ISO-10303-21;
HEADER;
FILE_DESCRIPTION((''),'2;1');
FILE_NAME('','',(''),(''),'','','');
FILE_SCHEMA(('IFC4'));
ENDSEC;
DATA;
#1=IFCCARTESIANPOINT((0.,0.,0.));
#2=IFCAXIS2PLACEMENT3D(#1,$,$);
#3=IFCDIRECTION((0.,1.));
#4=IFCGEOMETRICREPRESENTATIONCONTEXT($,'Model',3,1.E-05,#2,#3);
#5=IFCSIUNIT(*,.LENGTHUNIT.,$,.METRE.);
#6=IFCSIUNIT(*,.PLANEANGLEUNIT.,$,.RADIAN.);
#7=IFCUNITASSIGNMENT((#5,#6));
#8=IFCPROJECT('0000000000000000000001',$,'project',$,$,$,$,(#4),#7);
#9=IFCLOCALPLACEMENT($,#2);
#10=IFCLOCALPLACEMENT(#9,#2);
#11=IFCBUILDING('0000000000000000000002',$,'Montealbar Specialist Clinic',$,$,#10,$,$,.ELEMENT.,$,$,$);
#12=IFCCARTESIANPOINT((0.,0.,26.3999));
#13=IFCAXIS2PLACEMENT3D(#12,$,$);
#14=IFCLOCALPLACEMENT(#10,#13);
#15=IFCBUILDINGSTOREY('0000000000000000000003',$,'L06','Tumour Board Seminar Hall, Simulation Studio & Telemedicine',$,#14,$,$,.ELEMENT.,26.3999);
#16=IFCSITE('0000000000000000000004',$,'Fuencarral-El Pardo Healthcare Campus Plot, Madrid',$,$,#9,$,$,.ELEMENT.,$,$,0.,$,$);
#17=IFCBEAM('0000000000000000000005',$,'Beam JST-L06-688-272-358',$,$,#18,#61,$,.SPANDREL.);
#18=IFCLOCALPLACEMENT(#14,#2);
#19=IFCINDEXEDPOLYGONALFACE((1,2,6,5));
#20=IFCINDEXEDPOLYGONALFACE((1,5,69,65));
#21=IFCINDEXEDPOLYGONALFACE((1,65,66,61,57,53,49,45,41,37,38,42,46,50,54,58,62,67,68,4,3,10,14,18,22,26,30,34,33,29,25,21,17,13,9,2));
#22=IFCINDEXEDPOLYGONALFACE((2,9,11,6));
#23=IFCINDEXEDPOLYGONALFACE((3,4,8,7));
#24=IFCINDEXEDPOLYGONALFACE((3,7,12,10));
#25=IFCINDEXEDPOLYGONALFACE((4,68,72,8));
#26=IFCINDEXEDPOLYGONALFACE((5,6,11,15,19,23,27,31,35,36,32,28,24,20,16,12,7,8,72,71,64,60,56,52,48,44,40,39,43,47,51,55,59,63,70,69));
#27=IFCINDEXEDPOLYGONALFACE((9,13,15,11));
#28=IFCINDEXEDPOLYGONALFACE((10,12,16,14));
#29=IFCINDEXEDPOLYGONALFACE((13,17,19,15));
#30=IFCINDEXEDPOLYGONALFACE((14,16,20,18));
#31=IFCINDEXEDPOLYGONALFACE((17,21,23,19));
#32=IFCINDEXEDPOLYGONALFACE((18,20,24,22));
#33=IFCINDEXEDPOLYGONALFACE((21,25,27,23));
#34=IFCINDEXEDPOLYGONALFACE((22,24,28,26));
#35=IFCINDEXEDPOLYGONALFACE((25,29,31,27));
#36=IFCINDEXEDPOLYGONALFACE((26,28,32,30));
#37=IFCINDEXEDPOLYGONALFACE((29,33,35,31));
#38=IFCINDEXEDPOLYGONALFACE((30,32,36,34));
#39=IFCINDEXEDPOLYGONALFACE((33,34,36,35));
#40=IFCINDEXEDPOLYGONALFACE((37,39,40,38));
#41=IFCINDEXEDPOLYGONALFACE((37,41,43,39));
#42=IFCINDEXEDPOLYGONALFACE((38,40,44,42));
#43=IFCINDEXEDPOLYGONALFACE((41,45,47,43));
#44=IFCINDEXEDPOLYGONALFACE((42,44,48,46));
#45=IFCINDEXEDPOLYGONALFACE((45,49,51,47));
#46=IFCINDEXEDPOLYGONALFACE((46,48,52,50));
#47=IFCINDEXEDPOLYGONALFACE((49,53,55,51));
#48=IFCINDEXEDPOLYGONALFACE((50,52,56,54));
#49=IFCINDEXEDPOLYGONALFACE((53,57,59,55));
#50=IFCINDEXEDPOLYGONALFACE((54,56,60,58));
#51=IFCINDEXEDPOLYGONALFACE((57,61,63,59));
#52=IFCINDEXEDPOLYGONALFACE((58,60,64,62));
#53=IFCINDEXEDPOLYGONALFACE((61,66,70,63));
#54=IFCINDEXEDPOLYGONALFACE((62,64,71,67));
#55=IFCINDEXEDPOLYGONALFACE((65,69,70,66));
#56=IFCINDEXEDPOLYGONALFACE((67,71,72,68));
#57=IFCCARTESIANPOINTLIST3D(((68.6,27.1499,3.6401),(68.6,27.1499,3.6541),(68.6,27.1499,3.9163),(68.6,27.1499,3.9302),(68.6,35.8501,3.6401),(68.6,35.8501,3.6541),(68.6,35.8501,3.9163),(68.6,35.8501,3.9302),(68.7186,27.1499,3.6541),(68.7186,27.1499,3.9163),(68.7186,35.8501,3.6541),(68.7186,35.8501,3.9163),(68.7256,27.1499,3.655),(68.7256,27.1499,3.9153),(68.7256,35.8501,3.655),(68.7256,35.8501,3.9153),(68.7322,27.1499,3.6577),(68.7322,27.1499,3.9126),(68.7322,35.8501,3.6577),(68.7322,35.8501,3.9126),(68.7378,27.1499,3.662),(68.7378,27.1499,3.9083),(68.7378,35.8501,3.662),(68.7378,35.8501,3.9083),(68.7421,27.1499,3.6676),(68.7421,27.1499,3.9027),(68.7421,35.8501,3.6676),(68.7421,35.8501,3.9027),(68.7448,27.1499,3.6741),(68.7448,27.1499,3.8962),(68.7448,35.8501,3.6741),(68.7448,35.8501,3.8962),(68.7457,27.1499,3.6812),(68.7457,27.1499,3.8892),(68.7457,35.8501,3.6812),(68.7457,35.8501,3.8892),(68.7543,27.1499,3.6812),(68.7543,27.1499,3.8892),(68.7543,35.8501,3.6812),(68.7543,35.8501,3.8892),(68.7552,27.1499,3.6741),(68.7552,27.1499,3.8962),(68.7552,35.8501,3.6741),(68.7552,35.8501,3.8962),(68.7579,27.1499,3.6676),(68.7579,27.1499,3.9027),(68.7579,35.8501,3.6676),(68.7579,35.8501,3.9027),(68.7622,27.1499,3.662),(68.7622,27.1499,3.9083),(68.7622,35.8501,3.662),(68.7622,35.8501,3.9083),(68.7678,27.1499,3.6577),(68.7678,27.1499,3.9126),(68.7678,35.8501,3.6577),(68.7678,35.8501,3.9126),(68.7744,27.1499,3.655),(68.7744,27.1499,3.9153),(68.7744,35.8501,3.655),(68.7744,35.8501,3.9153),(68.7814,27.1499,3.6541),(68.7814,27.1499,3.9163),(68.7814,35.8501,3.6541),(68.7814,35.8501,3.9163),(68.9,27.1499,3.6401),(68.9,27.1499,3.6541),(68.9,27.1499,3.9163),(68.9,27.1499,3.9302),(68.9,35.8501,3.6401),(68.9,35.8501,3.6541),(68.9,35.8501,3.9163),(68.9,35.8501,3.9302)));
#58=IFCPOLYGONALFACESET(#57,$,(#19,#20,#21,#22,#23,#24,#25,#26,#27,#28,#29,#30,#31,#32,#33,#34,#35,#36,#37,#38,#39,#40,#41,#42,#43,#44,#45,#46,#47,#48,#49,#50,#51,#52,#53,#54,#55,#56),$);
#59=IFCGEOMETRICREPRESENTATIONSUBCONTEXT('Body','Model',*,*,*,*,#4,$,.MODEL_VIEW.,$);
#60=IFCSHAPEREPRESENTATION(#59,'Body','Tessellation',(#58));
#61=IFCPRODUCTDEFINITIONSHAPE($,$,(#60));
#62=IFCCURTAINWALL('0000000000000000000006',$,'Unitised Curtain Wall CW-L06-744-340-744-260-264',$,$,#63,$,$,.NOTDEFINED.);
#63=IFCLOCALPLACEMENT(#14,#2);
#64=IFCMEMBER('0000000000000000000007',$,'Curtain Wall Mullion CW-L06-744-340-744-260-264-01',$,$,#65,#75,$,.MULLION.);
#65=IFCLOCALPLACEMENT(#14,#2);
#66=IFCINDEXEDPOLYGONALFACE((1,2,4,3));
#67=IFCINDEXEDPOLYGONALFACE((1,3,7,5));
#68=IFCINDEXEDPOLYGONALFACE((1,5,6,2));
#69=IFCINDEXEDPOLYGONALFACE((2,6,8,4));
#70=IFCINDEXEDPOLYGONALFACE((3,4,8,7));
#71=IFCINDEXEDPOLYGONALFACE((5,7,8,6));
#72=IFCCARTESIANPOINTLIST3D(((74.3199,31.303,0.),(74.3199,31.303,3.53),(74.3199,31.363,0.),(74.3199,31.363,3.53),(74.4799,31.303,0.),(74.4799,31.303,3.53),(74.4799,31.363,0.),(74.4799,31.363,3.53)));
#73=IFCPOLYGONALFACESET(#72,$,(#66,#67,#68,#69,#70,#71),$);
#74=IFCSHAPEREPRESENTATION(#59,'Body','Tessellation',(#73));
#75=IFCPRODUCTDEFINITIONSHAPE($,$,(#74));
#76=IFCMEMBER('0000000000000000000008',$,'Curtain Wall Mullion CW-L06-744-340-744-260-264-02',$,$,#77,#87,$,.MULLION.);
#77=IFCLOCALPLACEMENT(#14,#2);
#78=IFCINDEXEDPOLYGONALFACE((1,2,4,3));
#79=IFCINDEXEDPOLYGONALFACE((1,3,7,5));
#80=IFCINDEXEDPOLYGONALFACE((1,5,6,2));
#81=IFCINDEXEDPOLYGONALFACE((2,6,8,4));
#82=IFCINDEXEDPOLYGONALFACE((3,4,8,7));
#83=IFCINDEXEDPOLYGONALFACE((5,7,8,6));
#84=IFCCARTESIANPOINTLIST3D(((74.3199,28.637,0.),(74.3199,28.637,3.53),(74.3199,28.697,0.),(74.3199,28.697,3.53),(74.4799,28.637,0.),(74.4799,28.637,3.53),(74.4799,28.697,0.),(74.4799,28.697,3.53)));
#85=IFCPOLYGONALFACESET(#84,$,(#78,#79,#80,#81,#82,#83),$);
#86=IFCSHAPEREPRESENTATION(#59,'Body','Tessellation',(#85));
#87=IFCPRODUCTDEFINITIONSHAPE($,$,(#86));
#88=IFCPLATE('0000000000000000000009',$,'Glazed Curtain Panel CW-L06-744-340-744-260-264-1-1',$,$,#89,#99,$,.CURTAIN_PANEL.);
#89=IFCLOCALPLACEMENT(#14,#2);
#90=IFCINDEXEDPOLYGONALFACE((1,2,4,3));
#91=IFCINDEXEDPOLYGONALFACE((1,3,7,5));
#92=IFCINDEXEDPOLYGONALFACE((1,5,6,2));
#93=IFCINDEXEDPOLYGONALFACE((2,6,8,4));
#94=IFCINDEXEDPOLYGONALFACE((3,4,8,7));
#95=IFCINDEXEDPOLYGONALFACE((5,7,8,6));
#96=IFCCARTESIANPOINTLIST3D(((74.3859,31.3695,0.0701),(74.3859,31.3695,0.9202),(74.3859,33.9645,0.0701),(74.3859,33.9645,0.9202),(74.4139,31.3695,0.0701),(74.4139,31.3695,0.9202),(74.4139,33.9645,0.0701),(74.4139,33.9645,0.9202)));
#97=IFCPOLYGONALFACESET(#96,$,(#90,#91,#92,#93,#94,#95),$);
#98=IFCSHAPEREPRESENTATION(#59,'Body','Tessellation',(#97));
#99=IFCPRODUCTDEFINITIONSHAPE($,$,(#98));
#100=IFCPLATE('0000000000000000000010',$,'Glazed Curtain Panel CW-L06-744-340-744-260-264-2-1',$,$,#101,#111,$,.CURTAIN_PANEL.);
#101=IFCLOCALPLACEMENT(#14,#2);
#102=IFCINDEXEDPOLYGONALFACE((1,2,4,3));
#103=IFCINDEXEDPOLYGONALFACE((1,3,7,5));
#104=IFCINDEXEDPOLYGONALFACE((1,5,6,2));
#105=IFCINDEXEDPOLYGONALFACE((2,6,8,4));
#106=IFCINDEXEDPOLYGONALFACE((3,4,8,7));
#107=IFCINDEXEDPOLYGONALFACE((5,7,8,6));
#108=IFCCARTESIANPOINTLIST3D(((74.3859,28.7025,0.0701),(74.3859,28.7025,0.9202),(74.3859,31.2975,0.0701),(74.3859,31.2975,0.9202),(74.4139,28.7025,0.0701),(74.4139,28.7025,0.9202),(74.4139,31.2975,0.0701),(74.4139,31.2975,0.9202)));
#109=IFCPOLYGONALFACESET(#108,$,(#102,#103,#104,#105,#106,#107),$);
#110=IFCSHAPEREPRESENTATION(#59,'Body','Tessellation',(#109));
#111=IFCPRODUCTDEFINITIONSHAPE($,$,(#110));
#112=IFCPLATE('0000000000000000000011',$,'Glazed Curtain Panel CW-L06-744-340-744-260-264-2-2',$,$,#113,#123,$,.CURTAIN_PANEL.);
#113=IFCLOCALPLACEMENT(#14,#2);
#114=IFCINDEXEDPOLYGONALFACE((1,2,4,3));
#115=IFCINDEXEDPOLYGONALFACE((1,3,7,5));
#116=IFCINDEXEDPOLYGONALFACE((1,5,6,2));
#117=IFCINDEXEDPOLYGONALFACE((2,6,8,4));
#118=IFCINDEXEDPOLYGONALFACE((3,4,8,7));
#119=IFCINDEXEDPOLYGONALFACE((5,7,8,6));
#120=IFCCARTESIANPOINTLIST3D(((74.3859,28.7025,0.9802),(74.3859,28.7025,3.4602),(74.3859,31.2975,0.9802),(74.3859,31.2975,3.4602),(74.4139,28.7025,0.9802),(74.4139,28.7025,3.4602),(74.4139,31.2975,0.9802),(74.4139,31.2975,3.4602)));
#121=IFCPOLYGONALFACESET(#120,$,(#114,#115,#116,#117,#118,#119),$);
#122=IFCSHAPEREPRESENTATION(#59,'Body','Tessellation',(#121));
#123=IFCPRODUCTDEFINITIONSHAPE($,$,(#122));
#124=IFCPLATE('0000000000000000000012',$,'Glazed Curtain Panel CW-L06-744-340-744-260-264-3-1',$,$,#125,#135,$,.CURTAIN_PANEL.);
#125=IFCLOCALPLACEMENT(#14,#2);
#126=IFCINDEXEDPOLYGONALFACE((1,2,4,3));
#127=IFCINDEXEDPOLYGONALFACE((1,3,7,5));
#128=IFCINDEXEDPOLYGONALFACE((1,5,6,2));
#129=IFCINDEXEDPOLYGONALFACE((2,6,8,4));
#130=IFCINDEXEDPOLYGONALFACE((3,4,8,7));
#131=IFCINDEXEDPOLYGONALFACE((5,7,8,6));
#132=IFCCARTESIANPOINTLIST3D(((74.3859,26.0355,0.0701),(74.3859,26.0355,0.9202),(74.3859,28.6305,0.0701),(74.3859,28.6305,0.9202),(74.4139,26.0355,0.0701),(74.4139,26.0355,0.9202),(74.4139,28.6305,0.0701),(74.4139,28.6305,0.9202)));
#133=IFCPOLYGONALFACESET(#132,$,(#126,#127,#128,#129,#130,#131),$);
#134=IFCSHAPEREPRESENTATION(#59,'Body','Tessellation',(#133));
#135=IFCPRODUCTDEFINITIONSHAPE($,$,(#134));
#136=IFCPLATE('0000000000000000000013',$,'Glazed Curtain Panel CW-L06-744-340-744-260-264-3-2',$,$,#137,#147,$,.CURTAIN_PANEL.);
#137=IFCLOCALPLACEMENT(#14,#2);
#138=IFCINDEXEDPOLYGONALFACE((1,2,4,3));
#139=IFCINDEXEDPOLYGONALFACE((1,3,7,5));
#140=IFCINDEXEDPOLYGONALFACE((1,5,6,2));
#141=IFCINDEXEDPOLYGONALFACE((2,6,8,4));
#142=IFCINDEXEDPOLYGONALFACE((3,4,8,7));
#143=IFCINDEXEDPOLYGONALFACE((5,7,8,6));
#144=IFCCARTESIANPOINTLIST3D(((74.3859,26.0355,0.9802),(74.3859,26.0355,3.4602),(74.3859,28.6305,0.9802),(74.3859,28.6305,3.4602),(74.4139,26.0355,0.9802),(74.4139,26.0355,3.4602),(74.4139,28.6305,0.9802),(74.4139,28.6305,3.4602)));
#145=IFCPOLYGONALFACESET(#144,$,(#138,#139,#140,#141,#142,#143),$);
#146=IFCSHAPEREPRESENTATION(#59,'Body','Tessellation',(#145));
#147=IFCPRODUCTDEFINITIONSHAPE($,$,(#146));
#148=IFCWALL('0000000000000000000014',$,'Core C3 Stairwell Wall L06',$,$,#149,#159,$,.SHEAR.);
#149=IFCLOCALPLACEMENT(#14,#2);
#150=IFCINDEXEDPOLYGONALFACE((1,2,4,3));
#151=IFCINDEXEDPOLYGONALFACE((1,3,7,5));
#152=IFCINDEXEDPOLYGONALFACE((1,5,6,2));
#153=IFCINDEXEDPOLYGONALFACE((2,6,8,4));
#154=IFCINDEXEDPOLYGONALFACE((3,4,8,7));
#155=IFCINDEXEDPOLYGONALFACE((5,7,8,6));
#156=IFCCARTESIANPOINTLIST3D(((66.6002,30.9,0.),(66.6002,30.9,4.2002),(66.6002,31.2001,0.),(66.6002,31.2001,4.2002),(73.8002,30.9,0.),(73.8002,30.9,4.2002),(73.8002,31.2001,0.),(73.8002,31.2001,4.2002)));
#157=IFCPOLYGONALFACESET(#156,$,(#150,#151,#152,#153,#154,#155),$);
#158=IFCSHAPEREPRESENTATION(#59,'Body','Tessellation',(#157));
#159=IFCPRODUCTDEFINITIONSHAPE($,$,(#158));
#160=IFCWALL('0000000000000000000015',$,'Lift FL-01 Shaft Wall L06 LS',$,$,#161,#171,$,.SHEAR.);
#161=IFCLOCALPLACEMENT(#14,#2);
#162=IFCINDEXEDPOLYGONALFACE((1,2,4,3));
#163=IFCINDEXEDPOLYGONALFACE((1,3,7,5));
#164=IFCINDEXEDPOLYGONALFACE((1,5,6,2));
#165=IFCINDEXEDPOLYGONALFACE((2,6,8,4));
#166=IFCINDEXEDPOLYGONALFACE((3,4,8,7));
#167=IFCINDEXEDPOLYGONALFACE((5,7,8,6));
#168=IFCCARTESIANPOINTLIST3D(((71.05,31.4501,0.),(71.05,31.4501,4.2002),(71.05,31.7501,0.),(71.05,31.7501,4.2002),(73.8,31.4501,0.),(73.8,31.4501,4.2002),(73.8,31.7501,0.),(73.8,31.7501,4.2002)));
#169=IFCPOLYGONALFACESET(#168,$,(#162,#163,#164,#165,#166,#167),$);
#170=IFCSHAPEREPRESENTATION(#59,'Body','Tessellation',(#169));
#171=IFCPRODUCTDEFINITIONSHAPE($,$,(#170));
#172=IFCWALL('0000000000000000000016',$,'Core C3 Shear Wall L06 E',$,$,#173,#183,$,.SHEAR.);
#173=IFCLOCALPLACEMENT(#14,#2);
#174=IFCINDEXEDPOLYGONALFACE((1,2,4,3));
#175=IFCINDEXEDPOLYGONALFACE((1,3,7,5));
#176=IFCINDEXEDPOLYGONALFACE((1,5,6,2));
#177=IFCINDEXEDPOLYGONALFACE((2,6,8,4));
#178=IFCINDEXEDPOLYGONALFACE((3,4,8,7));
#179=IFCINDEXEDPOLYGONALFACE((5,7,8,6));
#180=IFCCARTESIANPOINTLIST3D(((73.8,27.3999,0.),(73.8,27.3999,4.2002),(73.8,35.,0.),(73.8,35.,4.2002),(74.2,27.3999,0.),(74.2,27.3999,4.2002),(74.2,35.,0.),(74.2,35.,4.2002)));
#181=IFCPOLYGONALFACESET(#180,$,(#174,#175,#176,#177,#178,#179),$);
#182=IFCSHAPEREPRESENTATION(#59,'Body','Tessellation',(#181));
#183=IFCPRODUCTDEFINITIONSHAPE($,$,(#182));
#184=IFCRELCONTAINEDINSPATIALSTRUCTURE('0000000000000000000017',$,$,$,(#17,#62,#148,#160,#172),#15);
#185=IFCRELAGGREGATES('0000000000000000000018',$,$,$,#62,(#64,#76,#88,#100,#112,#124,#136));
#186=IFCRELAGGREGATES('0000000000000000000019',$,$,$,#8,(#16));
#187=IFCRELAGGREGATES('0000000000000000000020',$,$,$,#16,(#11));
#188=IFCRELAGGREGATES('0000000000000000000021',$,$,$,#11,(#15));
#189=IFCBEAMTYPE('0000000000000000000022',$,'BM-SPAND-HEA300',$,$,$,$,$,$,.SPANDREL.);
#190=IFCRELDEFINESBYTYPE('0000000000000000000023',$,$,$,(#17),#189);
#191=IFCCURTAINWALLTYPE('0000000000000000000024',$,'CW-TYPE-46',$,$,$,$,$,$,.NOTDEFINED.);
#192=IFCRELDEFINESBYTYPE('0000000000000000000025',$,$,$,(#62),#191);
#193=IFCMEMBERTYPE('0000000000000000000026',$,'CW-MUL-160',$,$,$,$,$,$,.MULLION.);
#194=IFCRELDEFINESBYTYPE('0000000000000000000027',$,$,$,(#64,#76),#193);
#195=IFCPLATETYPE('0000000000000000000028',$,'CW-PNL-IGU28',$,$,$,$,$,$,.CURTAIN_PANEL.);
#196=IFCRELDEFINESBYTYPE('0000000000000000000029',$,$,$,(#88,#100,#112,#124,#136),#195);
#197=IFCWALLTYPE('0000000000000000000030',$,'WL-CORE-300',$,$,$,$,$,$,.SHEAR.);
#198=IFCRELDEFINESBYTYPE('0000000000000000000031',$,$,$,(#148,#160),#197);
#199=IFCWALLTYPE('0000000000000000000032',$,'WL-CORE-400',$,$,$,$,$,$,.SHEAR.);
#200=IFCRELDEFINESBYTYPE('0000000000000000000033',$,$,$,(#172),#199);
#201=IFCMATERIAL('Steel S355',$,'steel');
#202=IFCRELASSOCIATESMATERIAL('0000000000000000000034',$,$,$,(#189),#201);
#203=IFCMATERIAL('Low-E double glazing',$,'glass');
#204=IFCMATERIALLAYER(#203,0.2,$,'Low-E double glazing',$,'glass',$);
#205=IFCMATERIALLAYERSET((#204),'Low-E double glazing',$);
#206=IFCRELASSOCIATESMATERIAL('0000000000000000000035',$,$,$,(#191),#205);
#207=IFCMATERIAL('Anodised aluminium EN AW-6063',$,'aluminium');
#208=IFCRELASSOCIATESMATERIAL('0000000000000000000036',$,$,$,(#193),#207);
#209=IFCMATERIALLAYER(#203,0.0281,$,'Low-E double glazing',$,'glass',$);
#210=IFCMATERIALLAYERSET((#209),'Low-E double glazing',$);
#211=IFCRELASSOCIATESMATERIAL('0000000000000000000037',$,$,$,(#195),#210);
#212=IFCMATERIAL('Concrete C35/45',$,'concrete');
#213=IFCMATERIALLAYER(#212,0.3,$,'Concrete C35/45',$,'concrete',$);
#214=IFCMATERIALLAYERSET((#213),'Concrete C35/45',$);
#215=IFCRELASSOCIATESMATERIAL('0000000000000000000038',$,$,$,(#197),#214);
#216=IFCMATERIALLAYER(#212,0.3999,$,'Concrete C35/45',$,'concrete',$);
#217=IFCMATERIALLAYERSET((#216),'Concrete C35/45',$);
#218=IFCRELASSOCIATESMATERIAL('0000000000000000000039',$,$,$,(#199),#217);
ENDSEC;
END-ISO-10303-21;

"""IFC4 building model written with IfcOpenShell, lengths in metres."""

from ifc_helpers import new_model, si_unit, direction, frame, frame_2d, origin, origin_2d, place, context, subcontext, project, spatial, rectangle, i_section, extrude, material, layer, layer_set, material_profile, profile_set, type_object, element, aggregate, save


model = new_model("IFC4")

# Units and contexts
model_context = context("Model", 3, precision=1e-05, world=origin(), true_north=direction((0.0, 1.0)))
body_context = subcontext(model_context, "Body", "Model", "MODEL_VIEW")
ifc_project = project(units=[si_unit("LENGTHUNIT", "METRE"), si_unit("PLANEANGLEUNIT", "RADIAN")], contexts=[model_context])

# Site, building, storey
site_placement = place(None, origin())
site = spatial("IfcSite", under=ifc_project, at=site_placement, Name="Fuencarral-El Pardo Healthcare Campus Plot, Madrid", CompositionType="ELEMENT", RefElevation=0.0)
building_placement = place(site_placement, origin())
building = spatial("IfcBuilding", under=site, at=building_placement, Name="Montealbar Specialist Clinic", CompositionType="ELEMENT")
storey_placement = place(building_placement, frame((0.0, 0.0, 26.3999)))
storey = spatial("IfcBuildingStorey", under=building, at=storey_placement, Name="L06", Description="Tumour Board Seminar Hall, Simulation Studio & Telemedicine", CompositionType="ELEMENT", Elevation=26.3999)

# Shared definitions
ifc_material_1 = material(Name="Steel S355", Category="steel")

# Beam
ifc_material_profile_1 = material_profile(ifc_material_1, i_section(OverallWidth=0.3, OverallDepth=0.29, WebThickness=0.0085, FlangeThickness=0.0139, FilletRadius=0.0271, at=origin_2d()), Name="HEA 300", Category="steel")
ifc_profile_set_1 = profile_set([ifc_material_profile_1], Name="Steel S355")
beam_type_1 = type_object("IfcBeamType", Name="BM-SPAND-HEA300", PredefinedType="SPANDREL", material=ifc_profile_set_1)
beam_1_placement = place(storey_placement, frame((68.75, 27.1499, 3.7852), z_axis=(0.0, 1.0, 0.0), x_axis=(-1.0, 0.0, 0.0)))
element("IfcBeam", 1, at=beam_1_placement, inside=storey, type_object=beam_type_1, Name="Beam JST-L06-688-272-358", PredefinedType="SPANDREL", context=body_context, shape_type="SweptSolid", body=[
    extrude(i_section(OverallWidth=0.3, OverallDepth=0.29, WebThickness=0.0085, FlangeThickness=0.0139, FilletRadius=0.0271, at=origin_2d()), origin(), (0.0, 0.0, 1.0), 8.7002),
])

# Curtain wall, members, plates
ifc_material_2 = material(Name="Low-E double glazing", Category="glass")
ifc_layer_1 = layer(ifc_material_2, 0.2, Name="Low-E double glazing", Category="glass")
ifc_layer_set_1 = layer_set([ifc_layer_1], Name="Low-E double glazing")
curtain_wall_type = type_object("IfcCurtainWallType", Name="CW-TYPE-46", PredefinedType="NOTDEFINED", material=ifc_layer_set_1)
curtain_wall_placement = place(storey_placement, origin())
curtain_wall = element("IfcCurtainWall", 2, at=curtain_wall_placement, inside=storey, type_object=curtain_wall_type, Name="Unitised Curtain Wall CW-L06-744-340-744-260-264", PredefinedType="NOTDEFINED")
ifc_material_3 = material(Name="Anodised aluminium EN AW-6063", Category="aluminium")
ifc_material_profile_2 = material_profile(ifc_material_3, rectangle(XDim=0.0601, YDim=0.1599, at=origin_2d()), Name="ALU 60x160", Category="aluminium")
ifc_profile_set_2 = profile_set([ifc_material_profile_2], Name="Anodised aluminium EN AW-6063")
member_type = type_object("IfcMemberType", Name="CW-MUL-160", PredefinedType="MULLION", material=ifc_profile_set_2)
member_1_placement = place(storey_placement, frame((74.3999, 31.333, 0.0), z_axis=(0.0, 0.0, 1.0), x_axis=(0.0, -1.0, 0.0)))
member_1 = element("IfcMember", 3, at=member_1_placement, type_object=member_type, Name="Curtain Wall Mullion CW-L06-744-340-744-260-264-01", PredefinedType="MULLION", context=body_context, shape_type="SweptSolid", body=[
    extrude(rectangle(XDim=0.0601, YDim=0.1599, at=origin_2d()), origin(), (0.0, 0.0, 1.0), 3.53),
])
member_2_placement = place(storey_placement, frame((74.3999, 28.667, 0.0), z_axis=(0.0, 0.0, 1.0), x_axis=(0.0, -1.0, 0.0)))
member_2 = element("IfcMember", 4, at=member_2_placement, type_object=member_type, Name="Curtain Wall Mullion CW-L06-744-340-744-260-264-02", PredefinedType="MULLION", context=body_context, shape_type="SweptSolid", body=[
    extrude(rectangle(XDim=0.0601, YDim=0.1599, at=origin_2d()), origin(), (0.0, 0.0, 1.0), 3.53),
])
ifc_layer_2 = layer(ifc_material_2, 0.0281, Name="Low-E double glazing", Category="glass")
ifc_layer_set_2 = layer_set([ifc_layer_2], Name="Low-E double glazing")
plate_type = type_object("IfcPlateType", Name="CW-PNL-IGU28", PredefinedType="CURTAIN_PANEL", material=ifc_layer_set_2)
plate_1_placement = place(storey_placement, frame((74.3999, 32.667, 0.0701), z_axis=(0.0, 0.0, 1.0), x_axis=(0.0, -1.0, 0.0)))
plate_1 = element("IfcPlate", 5, at=plate_1_placement, type_object=plate_type, Name="Glazed Curtain Panel CW-L06-744-340-744-260-264-1-1", PredefinedType="CURTAIN_PANEL", context=body_context, shape_type="SweptSolid", body=[
    extrude(rectangle(XDim=2.595, YDim=0.0281, at=origin_2d()), origin(), (0.0, 0.0, 1.0), 0.8501),
])
plate_2_placement = place(storey_placement, frame((74.3999, 30.0, 0.0701), z_axis=(0.0, 0.0, 1.0), x_axis=(0.0, -1.0, 0.0)))
plate_2 = element("IfcPlate", 6, at=plate_2_placement, type_object=plate_type, Name="Glazed Curtain Panel CW-L06-744-340-744-260-264-2-1", PredefinedType="CURTAIN_PANEL", context=body_context, shape_type="SweptSolid", body=[
    extrude(rectangle(XDim=2.595, YDim=0.0281, at=origin_2d()), origin(), (0.0, 0.0, 1.0), 0.8501),
])
plate_3_placement = place(storey_placement, frame((74.3999, 30.0, 0.9802), z_axis=(0.0, 0.0, 1.0), x_axis=(0.0, -1.0, 0.0)))
plate_3 = element("IfcPlate", 7, at=plate_3_placement, type_object=plate_type, Name="Glazed Curtain Panel CW-L06-744-340-744-260-264-2-2", PredefinedType="CURTAIN_PANEL", context=body_context, shape_type="SweptSolid", body=[
    extrude(rectangle(XDim=2.595, YDim=0.0281, at=origin_2d()), origin(), (0.0, 0.0, 1.0), 2.48),
])
plate_4_placement = place(storey_placement, frame((74.3999, 27.333, 0.0701), z_axis=(0.0, 0.0, 1.0), x_axis=(0.0, -1.0, 0.0)))
plate_4 = element("IfcPlate", 8, at=plate_4_placement, type_object=plate_type, Name="Glazed Curtain Panel CW-L06-744-340-744-260-264-3-1", PredefinedType="CURTAIN_PANEL", context=body_context, shape_type="SweptSolid", body=[
    extrude(rectangle(XDim=2.595, YDim=0.0281, at=origin_2d()), origin(), (0.0, 0.0, 1.0), 0.8501),
])
plate_5_placement = place(storey_placement, frame((74.3999, 27.333, 0.9802), z_axis=(0.0, 0.0, 1.0), x_axis=(0.0, -1.0, 0.0)))
plate_5 = element("IfcPlate", 9, at=plate_5_placement, type_object=plate_type, Name="Glazed Curtain Panel CW-L06-744-340-744-260-264-3-2", PredefinedType="CURTAIN_PANEL", context=body_context, shape_type="SweptSolid", body=[
    extrude(rectangle(XDim=2.595, YDim=0.0281, at=origin_2d()), origin(), (0.0, 0.0, 1.0), 2.48),
])
aggregate(curtain_wall, [member_1, member_2, plate_1, plate_2, plate_3, plate_4, plate_5])

# Walls
ifc_material_4 = material(Name="Concrete C35/45", Category="concrete")
ifc_layer_3 = layer(ifc_material_4, 0.3, Name="Concrete C35/45", Category="concrete")
ifc_layer_set_3 = layer_set([ifc_layer_3], Name="Concrete C35/45")
wall_type_1 = type_object("IfcWallType", Name="WL-CORE-300", PredefinedType="SHEAR", material=ifc_layer_set_3)
wall_1_placement = place(storey_placement, frame((66.6001, 31.05, 0.0), z_axis=(0.0, 0.0, 1.0), x_axis=(1.0, 0.0, 0.0)))
element("IfcWall", 10, at=wall_1_placement, inside=storey, type_object=wall_type_1, Name="Core C3 Stairwell Wall L06", PredefinedType="SHEAR", context=body_context, shape_type="SweptSolid", body=[
    extrude(rectangle(XDim=7.2, YDim=0.3, at=frame_2d((3.6001, 0.0))), origin(), (0.0, 0.0, 1.0), 4.2002),
])
wall_2_placement = place(storey_placement, frame((71.05, 31.6001, 0.0), z_axis=(0.0, 0.0, 1.0), x_axis=(1.0, 0.0, 0.0)))
element("IfcWall", 11, at=wall_2_placement, inside=storey, type_object=wall_type_1, Name="Lift FL-01 Shaft Wall L06 LS", PredefinedType="SHEAR", context=body_context, shape_type="SweptSolid", body=[
    extrude(rectangle(XDim=2.75, YDim=0.3, at=frame_2d((1.375, 0.0))), origin(), (0.0, 0.0, 1.0), 4.2002),
])

# Shared definitions
ifc_layer_4 = layer(ifc_material_4, 0.3999, Name="Concrete C35/45", Category="concrete")
ifc_layer_set_4 = layer_set([ifc_layer_4], Name="Concrete C35/45")
wall_type_2 = type_object("IfcWallType", Name="WL-CORE-400", PredefinedType="SHEAR", material=ifc_layer_set_4)

# Wall
wall_3_placement = place(storey_placement, frame((74.0, 27.3999, 0.0), z_axis=(0.0, 0.0, 1.0), x_axis=(0.0, 1.0, 0.0)))
element("IfcWall", 12, at=wall_3_placement, inside=storey, type_object=wall_type_2, Name="Core C3 Shear Wall L06 E", PredefinedType="SHEAR", context=body_context, shape_type="SweptSolid", body=[
    extrude(rectangle(XDim=7.6001, YDim=0.3999, at=frame_2d((3.8, 0.0))), origin(), (0.0, 0.0, 1.0), 4.2002),
])

save(model, "model.ifc")
